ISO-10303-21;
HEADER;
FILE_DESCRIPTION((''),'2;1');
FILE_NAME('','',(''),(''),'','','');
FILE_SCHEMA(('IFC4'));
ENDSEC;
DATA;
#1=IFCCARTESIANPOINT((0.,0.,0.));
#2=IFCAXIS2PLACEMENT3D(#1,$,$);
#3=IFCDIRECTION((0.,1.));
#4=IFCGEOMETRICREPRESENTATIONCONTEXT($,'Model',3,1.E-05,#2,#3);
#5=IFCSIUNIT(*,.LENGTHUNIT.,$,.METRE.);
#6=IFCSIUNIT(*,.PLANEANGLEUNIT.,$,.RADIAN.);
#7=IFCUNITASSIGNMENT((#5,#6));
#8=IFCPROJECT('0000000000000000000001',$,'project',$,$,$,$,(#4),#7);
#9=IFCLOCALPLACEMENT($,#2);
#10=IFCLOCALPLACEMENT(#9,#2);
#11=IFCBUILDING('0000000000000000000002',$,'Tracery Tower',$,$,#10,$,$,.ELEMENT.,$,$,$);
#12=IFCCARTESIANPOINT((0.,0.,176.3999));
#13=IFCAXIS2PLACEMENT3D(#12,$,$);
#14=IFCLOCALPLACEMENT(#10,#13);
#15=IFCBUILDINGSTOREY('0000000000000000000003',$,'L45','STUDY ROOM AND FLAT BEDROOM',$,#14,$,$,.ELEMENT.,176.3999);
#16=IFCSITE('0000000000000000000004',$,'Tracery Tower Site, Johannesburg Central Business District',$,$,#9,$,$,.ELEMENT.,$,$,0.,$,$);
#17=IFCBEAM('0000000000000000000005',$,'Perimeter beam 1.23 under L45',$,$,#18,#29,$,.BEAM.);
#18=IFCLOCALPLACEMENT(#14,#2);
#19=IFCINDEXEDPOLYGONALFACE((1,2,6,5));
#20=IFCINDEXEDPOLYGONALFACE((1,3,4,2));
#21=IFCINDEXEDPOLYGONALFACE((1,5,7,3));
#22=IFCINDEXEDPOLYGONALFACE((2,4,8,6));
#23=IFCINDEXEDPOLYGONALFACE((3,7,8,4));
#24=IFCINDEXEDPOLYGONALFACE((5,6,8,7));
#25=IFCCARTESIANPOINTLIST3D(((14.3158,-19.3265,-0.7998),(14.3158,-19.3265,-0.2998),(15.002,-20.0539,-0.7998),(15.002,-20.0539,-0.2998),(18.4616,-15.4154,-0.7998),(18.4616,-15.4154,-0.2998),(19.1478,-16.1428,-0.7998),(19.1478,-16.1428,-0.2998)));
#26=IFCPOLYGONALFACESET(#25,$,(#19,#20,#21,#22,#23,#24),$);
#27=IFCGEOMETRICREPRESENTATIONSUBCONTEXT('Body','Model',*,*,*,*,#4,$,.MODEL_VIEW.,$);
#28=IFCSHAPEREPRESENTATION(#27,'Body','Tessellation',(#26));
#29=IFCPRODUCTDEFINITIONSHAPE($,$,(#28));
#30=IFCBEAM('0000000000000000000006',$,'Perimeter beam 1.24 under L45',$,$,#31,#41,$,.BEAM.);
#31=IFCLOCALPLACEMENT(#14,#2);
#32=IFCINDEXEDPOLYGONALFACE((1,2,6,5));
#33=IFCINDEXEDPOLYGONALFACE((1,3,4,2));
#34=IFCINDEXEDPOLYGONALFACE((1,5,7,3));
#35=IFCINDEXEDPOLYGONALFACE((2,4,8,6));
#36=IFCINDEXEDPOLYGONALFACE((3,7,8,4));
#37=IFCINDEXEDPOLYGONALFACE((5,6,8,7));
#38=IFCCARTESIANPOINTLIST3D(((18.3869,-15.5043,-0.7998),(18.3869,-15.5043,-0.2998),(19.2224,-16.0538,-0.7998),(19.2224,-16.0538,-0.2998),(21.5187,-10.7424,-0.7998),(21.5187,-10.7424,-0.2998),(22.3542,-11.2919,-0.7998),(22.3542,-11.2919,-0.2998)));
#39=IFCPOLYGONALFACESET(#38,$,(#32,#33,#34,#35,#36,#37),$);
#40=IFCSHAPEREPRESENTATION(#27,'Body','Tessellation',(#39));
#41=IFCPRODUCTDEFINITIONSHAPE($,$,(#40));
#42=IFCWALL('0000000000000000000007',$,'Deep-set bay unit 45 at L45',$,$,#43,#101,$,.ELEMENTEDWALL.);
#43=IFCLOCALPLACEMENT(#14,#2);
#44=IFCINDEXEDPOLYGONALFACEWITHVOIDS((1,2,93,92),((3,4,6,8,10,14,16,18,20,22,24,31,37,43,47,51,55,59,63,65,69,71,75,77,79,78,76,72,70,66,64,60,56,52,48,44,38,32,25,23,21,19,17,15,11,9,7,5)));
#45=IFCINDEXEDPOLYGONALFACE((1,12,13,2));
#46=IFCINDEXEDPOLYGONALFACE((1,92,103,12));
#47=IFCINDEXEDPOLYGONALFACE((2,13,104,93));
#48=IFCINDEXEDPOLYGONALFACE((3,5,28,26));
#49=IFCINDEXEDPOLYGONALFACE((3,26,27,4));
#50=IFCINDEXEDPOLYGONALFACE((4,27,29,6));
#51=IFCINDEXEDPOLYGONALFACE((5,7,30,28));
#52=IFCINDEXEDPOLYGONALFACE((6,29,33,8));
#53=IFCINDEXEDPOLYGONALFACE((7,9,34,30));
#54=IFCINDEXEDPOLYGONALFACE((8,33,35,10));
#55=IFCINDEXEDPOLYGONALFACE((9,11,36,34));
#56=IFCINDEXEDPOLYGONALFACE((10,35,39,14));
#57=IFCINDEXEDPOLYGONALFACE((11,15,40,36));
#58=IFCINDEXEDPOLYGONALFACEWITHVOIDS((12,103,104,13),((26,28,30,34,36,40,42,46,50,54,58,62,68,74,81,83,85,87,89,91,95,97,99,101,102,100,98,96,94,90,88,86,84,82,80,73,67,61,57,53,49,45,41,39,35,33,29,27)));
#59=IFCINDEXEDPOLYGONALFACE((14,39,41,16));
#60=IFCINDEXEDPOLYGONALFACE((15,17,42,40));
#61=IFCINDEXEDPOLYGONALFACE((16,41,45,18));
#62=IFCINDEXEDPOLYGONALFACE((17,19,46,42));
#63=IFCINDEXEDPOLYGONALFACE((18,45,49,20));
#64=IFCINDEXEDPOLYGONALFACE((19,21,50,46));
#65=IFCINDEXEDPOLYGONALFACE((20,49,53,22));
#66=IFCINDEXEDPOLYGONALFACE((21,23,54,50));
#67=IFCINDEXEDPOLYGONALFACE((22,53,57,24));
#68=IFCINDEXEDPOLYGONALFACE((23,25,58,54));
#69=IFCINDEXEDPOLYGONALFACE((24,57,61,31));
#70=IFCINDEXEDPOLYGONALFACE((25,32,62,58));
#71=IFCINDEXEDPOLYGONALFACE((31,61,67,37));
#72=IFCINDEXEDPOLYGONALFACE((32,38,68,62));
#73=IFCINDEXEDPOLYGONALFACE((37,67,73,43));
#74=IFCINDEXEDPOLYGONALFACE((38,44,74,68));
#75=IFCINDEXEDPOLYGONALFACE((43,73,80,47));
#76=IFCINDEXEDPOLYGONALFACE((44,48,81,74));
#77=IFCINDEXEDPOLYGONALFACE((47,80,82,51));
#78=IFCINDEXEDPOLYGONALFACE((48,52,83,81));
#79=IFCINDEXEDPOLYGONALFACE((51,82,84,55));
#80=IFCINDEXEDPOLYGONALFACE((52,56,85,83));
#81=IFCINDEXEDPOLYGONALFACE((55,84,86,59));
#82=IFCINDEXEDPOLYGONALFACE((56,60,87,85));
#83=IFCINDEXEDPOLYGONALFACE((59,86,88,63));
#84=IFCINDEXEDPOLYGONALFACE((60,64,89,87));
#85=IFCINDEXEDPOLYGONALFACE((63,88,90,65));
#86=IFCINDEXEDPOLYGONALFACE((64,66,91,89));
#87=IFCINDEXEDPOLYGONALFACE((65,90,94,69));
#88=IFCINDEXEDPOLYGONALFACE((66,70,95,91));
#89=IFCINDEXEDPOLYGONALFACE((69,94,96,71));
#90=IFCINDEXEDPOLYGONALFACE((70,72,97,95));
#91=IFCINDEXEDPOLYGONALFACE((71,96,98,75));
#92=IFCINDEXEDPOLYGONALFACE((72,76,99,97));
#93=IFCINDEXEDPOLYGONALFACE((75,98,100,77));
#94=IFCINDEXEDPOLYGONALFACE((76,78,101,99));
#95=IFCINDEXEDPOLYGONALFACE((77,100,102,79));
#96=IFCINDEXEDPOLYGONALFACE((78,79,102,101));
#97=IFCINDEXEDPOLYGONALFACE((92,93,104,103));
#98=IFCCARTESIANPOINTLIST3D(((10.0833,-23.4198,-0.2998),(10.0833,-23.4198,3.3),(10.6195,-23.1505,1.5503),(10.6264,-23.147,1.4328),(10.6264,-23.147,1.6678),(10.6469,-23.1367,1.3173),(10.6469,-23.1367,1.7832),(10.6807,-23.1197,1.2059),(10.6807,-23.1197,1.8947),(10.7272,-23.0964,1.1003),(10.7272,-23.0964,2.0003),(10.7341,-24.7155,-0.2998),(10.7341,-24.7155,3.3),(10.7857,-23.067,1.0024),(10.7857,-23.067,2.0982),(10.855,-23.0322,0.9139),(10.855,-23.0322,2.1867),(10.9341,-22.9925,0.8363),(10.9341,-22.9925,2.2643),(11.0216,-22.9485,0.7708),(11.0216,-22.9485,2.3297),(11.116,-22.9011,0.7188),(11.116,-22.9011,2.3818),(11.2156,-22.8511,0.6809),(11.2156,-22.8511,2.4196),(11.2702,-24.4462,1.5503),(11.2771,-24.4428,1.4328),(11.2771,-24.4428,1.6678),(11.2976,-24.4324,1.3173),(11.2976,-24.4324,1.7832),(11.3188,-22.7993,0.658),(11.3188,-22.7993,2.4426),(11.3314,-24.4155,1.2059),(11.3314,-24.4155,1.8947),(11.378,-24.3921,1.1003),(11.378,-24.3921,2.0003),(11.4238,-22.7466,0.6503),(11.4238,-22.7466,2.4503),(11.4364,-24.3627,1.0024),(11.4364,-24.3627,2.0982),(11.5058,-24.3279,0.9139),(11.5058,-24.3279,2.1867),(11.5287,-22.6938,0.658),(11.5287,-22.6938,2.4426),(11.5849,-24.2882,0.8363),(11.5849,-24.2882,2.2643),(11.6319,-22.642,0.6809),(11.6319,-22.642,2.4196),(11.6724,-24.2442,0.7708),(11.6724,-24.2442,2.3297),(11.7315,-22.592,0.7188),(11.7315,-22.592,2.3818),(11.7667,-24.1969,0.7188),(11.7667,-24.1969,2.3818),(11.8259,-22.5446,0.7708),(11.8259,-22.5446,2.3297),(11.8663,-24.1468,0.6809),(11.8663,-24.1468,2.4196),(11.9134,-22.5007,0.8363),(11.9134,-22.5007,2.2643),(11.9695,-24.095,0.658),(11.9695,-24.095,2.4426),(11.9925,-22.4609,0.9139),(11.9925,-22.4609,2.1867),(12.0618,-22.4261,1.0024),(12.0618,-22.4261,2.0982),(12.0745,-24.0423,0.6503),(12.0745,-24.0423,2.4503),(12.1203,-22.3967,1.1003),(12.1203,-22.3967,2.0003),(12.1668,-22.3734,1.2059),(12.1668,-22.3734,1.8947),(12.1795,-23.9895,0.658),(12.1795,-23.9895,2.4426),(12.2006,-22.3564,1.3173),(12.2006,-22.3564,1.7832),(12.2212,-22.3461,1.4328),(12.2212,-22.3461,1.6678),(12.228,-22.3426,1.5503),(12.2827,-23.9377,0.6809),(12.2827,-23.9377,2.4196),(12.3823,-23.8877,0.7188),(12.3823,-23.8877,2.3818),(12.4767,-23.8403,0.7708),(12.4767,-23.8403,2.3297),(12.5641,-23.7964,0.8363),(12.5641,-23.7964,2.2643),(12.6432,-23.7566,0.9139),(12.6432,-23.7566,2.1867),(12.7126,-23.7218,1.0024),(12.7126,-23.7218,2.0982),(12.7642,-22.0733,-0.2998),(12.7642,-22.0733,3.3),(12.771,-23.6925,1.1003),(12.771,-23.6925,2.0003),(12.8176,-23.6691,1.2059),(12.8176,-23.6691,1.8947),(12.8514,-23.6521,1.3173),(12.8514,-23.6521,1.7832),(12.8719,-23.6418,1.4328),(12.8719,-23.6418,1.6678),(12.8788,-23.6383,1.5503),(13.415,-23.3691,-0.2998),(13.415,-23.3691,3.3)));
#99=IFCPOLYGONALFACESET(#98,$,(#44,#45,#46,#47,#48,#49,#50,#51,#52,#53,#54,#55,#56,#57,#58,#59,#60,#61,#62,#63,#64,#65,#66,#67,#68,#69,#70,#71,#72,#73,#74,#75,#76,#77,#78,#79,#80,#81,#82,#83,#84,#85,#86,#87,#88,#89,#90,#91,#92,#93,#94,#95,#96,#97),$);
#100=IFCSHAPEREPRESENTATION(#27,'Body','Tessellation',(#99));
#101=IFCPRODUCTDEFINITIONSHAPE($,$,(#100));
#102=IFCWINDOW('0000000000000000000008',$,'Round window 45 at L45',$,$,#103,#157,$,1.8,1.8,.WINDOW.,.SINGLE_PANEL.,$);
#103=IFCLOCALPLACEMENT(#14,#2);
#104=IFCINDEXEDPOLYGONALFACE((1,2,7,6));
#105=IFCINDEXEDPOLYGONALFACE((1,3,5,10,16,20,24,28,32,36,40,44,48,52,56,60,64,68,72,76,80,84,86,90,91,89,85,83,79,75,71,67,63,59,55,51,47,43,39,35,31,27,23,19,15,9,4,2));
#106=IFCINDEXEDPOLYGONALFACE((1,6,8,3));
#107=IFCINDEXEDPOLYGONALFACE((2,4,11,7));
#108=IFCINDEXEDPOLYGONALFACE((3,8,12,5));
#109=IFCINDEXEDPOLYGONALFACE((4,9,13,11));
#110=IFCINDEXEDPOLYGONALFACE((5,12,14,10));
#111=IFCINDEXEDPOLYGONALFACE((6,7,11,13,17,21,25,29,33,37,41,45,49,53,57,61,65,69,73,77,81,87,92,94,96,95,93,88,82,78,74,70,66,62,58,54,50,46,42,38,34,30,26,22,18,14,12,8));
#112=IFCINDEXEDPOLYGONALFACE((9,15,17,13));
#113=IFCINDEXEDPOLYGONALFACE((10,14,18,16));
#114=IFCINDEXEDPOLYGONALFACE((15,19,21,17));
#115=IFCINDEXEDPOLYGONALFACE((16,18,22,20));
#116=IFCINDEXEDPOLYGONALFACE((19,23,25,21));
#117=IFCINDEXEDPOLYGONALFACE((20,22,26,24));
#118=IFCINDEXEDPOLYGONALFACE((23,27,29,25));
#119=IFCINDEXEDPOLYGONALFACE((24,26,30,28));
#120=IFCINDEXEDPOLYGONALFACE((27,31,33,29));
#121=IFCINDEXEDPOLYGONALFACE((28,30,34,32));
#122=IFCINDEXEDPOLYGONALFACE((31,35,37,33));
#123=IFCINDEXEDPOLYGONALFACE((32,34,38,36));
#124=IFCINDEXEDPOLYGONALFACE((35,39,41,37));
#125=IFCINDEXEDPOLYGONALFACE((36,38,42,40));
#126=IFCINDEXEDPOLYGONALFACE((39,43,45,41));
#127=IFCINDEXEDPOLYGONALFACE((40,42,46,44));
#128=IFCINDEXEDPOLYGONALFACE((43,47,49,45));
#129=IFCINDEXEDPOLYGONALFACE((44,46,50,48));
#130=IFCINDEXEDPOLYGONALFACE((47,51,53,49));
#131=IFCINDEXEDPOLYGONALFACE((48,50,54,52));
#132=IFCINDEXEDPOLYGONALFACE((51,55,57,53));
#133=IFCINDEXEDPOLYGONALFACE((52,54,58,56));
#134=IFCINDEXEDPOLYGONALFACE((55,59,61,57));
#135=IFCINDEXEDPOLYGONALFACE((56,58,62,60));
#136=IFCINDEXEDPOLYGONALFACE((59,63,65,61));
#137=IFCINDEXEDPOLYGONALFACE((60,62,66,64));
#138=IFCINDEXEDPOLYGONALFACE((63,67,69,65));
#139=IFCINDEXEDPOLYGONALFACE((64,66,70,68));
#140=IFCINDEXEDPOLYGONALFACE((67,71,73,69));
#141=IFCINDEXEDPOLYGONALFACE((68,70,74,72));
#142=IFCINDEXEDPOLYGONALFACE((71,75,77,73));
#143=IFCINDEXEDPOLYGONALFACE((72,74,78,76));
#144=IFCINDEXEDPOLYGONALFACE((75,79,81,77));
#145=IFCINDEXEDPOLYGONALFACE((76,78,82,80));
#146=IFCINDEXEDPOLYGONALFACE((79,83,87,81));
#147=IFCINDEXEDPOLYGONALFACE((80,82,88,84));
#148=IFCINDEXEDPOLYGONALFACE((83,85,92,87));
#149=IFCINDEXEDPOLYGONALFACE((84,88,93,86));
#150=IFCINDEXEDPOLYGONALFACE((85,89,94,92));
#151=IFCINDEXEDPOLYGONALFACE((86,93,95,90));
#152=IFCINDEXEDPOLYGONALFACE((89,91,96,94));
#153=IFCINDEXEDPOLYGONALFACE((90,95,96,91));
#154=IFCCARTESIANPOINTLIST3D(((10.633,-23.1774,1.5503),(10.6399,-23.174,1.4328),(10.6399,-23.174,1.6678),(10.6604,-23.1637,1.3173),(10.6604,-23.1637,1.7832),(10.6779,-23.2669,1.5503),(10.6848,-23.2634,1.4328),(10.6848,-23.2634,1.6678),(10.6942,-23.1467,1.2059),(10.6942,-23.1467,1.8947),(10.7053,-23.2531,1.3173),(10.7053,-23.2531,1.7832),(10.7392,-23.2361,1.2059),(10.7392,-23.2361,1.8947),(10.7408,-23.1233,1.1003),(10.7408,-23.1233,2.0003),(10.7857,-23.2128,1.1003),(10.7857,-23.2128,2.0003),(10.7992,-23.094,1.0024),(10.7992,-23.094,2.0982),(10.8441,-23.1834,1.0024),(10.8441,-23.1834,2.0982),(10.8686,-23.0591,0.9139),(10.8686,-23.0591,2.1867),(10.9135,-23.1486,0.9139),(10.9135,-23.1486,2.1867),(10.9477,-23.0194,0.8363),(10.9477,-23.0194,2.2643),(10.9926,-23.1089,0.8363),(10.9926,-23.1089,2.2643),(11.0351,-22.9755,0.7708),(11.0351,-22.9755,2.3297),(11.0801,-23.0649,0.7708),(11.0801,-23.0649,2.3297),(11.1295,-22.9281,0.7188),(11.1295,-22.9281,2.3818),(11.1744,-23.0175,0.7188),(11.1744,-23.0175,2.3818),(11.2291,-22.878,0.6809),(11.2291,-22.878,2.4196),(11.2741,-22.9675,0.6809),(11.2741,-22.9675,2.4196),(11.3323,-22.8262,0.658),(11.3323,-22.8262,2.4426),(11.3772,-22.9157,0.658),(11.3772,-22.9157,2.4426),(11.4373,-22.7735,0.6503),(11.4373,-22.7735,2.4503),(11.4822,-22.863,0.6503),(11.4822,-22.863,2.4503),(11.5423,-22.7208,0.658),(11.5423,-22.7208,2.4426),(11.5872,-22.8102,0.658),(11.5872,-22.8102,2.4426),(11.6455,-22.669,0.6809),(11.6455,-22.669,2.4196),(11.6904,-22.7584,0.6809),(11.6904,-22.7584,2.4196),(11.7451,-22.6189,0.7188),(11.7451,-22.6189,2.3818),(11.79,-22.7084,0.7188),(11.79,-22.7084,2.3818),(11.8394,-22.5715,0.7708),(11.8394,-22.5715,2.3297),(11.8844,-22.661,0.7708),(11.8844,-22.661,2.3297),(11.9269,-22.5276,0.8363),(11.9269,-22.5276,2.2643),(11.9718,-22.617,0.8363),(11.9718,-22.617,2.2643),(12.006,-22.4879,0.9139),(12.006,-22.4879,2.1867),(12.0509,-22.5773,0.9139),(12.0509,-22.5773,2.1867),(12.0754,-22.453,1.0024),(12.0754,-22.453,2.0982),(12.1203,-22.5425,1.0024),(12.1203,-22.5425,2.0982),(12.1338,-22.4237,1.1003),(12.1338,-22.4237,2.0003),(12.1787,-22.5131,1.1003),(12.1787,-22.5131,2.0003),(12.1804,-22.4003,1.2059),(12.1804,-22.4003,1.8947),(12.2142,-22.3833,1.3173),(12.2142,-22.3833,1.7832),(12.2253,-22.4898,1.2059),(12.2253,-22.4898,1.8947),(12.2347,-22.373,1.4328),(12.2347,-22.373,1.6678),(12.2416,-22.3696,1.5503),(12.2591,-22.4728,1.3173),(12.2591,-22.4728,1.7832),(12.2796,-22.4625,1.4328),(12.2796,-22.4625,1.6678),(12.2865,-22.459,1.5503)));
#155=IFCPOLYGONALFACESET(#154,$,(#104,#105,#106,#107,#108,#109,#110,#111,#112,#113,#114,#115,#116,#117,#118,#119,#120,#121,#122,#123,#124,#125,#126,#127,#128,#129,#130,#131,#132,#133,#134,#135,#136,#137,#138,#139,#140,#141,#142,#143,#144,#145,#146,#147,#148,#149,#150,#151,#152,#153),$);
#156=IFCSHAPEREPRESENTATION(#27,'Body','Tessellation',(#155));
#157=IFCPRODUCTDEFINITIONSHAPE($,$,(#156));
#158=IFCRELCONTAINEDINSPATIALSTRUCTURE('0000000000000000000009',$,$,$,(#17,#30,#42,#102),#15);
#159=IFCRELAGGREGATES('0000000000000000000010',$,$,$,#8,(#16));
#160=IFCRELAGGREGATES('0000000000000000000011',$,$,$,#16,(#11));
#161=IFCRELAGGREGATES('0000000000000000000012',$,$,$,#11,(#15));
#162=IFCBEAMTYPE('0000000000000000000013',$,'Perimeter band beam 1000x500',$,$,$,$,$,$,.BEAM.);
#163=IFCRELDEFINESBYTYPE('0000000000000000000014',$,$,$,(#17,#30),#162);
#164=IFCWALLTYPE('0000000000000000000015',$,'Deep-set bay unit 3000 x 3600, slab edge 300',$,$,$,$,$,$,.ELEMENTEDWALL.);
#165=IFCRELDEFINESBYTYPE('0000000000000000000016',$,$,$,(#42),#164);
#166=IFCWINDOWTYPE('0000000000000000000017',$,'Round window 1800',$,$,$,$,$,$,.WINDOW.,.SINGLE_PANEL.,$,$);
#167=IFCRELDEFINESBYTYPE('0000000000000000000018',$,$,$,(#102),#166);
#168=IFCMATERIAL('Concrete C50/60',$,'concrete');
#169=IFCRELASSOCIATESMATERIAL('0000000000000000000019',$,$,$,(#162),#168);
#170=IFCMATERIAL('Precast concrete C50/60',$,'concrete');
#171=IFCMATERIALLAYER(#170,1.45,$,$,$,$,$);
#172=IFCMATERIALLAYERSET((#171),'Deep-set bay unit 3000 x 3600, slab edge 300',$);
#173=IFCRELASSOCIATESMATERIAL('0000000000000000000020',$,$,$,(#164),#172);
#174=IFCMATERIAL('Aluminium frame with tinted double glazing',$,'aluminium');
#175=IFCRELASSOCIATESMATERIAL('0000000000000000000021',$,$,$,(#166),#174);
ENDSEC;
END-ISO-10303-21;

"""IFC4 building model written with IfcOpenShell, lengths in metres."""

from ifc_helpers import new_model, si_unit, direction, frame, frame_2d, origin, origin_2d, place, context, subcontext, project, spatial, rectangle, circle, extrude, material, layer, layer_set, material_profile, profile_set, type_object, element, fill, save


model = new_model("IFC4")

# Units and contexts
model_context = context("Model", 3, precision=1e-05, world=origin(), true_north=direction((0.0, 1.0)))
body_context = subcontext(model_context, "Body", "Model", "MODEL_VIEW")
ifc_project = project(units=[si_unit("LENGTHUNIT", "METRE"), si_unit("PLANEANGLEUNIT", "RADIAN")], contexts=[model_context])

# Site, building, storey
site_placement = place(None, origin())
site = spatial("IfcSite", under=ifc_project, at=site_placement, Name="Tracery Tower Site, Johannesburg Central Business District", CompositionType="ELEMENT", RefElevation=0.0)
building_placement = place(site_placement, origin())
building = spatial("IfcBuilding", under=site, at=building_placement, Name="Tracery Tower", CompositionType="ELEMENT")
storey_placement = place(building_placement, frame((0.0, 0.0, 176.3999)))
storey = spatial("IfcBuildingStorey", under=building, at=storey_placement, Name="L45", Description="STUDY ROOM AND FLAT BEDROOM", CompositionType="ELEMENT", Elevation=176.3999)

# Beams
ifc_material_1 = material(Name="Concrete C50/60", Category="concrete")
ifc_material_profile_1 = material_profile(ifc_material_1, rectangle(XDim=1.0, YDim=0.5, at=origin_2d()), Name="RC 1000x500")
ifc_profile_set_1 = profile_set([ifc_material_profile_1], Name="Concrete C50/60")
beam_type_1 = type_object("IfcBeamType", Name="Perimeter band beam 1000x500", PredefinedType="BEAM", material=ifc_profile_set_1)
for number, where, z_axis, x_axis, name in (
    (1, (14.6589, -19.6902, -0.5498), (0.72739, 0.686225, 0.0), (-0.686225, 0.72739, 0.0), "Perimeter beam 1.23 under L45"),
    (2, (18.8047, -15.7791, -0.5498), (0.54949, 0.8355, 0.0), (-0.8355, 0.54949, 0.0), "Perimeter beam 1.24 under L45"),
):
    element("IfcBeam", number, at=place(storey_placement, frame(where, z_axis=z_axis, x_axis=x_axis)), inside=storey, type_object=beam_type_1, Name=name, PredefinedType="BEAM", context=body_context, shape_type="SweptSolid", body=[
        extrude(rectangle(XDim=1.0, YDim=0.5, at=origin_2d()), origin(), (0.0, 0.0, 1.0), 5.6995),
    ])

# Wall, opening, window
ifc_material_2 = material(Name="Precast concrete C50/60", Category="concrete")
ifc_layer_1 = layer(ifc_material_2, 1.45)
ifc_layer_set_1 = layer_set([ifc_layer_1], Name="Deep-set bay unit 3000 x 3600, slab edge 300")
wall_type_1 = type_object("IfcWallType", Name="Deep-set bay unit 3000 x 3600, slab edge 300", PredefinedType="ELEMENTEDWALL", material=ifc_layer_set_1)
wall_1_placement = place(storey_placement, frame((10.4087, -24.0676, -0.2998), z_axis=(0.0, 0.0, 1.0), x_axis=(0.893628, 0.448808, 0.0)))
wall_1 = element("IfcWall", 3, at=wall_1_placement, inside=storey, type_object=wall_type_1, Name="Deep-set bay unit 45 at L45", PredefinedType="ELEMENTEDWALL", context=body_context, shape_type="SweptSolid", body=[
    extrude(rectangle(XDim=3.0, YDim=1.45, at=frame_2d((1.5, 0.0))), origin(), (0.0, 0.0, 1.0), 3.5999),
])
opening_1_placement = place(wall_1_placement, frame((1.5, 0.0, 1.8501)))
opening_1 = element("IfcOpeningElement", 4, at=opening_1_placement, cuts=wall_1, PredefinedType="OPENING", context=body_context, shape_type="SweptSolid", body=[
    extrude(circle(Radius=0.9, at=origin_2d()), frame((0.0, 0.7349, 0.0), z_axis=(0.0, -1.0, 0.0), x_axis=(1.0, 0.0, 0.0)), (0.0, 0.0, 1.0), 1.47),
])
ifc_material_3 = material(Name="Aluminium frame with tinted double glazing", Category="aluminium")
window_type = type_object("IfcWindowType", Name="Round window 1800", PartitioningType="SINGLE_PANEL", PredefinedType="WINDOW", material=ifc_material_3)
window_1_placement = place(opening_1_placement, origin())
window_1 = element("IfcWindow", 5, at=window_1_placement, inside=storey, type_object=window_type, Name="Round window 45 at L45", OverallHeight=1.8, OverallWidth=1.8, PartitioningType="SINGLE_PANEL", PredefinedType="WINDOW", context=body_context, shape_type="SweptSolid", body=[
    extrude(circle(Radius=0.9, at=origin_2d()), frame((0.0, 0.6948, 0.0), z_axis=(0.0, -1.0, 0.0), x_axis=(1.0, 0.0, 0.0)), (0.0, 0.0, 1.0), 0.1001),
])
fill(opening_1, window_1)

save(model, "model.ifc")
